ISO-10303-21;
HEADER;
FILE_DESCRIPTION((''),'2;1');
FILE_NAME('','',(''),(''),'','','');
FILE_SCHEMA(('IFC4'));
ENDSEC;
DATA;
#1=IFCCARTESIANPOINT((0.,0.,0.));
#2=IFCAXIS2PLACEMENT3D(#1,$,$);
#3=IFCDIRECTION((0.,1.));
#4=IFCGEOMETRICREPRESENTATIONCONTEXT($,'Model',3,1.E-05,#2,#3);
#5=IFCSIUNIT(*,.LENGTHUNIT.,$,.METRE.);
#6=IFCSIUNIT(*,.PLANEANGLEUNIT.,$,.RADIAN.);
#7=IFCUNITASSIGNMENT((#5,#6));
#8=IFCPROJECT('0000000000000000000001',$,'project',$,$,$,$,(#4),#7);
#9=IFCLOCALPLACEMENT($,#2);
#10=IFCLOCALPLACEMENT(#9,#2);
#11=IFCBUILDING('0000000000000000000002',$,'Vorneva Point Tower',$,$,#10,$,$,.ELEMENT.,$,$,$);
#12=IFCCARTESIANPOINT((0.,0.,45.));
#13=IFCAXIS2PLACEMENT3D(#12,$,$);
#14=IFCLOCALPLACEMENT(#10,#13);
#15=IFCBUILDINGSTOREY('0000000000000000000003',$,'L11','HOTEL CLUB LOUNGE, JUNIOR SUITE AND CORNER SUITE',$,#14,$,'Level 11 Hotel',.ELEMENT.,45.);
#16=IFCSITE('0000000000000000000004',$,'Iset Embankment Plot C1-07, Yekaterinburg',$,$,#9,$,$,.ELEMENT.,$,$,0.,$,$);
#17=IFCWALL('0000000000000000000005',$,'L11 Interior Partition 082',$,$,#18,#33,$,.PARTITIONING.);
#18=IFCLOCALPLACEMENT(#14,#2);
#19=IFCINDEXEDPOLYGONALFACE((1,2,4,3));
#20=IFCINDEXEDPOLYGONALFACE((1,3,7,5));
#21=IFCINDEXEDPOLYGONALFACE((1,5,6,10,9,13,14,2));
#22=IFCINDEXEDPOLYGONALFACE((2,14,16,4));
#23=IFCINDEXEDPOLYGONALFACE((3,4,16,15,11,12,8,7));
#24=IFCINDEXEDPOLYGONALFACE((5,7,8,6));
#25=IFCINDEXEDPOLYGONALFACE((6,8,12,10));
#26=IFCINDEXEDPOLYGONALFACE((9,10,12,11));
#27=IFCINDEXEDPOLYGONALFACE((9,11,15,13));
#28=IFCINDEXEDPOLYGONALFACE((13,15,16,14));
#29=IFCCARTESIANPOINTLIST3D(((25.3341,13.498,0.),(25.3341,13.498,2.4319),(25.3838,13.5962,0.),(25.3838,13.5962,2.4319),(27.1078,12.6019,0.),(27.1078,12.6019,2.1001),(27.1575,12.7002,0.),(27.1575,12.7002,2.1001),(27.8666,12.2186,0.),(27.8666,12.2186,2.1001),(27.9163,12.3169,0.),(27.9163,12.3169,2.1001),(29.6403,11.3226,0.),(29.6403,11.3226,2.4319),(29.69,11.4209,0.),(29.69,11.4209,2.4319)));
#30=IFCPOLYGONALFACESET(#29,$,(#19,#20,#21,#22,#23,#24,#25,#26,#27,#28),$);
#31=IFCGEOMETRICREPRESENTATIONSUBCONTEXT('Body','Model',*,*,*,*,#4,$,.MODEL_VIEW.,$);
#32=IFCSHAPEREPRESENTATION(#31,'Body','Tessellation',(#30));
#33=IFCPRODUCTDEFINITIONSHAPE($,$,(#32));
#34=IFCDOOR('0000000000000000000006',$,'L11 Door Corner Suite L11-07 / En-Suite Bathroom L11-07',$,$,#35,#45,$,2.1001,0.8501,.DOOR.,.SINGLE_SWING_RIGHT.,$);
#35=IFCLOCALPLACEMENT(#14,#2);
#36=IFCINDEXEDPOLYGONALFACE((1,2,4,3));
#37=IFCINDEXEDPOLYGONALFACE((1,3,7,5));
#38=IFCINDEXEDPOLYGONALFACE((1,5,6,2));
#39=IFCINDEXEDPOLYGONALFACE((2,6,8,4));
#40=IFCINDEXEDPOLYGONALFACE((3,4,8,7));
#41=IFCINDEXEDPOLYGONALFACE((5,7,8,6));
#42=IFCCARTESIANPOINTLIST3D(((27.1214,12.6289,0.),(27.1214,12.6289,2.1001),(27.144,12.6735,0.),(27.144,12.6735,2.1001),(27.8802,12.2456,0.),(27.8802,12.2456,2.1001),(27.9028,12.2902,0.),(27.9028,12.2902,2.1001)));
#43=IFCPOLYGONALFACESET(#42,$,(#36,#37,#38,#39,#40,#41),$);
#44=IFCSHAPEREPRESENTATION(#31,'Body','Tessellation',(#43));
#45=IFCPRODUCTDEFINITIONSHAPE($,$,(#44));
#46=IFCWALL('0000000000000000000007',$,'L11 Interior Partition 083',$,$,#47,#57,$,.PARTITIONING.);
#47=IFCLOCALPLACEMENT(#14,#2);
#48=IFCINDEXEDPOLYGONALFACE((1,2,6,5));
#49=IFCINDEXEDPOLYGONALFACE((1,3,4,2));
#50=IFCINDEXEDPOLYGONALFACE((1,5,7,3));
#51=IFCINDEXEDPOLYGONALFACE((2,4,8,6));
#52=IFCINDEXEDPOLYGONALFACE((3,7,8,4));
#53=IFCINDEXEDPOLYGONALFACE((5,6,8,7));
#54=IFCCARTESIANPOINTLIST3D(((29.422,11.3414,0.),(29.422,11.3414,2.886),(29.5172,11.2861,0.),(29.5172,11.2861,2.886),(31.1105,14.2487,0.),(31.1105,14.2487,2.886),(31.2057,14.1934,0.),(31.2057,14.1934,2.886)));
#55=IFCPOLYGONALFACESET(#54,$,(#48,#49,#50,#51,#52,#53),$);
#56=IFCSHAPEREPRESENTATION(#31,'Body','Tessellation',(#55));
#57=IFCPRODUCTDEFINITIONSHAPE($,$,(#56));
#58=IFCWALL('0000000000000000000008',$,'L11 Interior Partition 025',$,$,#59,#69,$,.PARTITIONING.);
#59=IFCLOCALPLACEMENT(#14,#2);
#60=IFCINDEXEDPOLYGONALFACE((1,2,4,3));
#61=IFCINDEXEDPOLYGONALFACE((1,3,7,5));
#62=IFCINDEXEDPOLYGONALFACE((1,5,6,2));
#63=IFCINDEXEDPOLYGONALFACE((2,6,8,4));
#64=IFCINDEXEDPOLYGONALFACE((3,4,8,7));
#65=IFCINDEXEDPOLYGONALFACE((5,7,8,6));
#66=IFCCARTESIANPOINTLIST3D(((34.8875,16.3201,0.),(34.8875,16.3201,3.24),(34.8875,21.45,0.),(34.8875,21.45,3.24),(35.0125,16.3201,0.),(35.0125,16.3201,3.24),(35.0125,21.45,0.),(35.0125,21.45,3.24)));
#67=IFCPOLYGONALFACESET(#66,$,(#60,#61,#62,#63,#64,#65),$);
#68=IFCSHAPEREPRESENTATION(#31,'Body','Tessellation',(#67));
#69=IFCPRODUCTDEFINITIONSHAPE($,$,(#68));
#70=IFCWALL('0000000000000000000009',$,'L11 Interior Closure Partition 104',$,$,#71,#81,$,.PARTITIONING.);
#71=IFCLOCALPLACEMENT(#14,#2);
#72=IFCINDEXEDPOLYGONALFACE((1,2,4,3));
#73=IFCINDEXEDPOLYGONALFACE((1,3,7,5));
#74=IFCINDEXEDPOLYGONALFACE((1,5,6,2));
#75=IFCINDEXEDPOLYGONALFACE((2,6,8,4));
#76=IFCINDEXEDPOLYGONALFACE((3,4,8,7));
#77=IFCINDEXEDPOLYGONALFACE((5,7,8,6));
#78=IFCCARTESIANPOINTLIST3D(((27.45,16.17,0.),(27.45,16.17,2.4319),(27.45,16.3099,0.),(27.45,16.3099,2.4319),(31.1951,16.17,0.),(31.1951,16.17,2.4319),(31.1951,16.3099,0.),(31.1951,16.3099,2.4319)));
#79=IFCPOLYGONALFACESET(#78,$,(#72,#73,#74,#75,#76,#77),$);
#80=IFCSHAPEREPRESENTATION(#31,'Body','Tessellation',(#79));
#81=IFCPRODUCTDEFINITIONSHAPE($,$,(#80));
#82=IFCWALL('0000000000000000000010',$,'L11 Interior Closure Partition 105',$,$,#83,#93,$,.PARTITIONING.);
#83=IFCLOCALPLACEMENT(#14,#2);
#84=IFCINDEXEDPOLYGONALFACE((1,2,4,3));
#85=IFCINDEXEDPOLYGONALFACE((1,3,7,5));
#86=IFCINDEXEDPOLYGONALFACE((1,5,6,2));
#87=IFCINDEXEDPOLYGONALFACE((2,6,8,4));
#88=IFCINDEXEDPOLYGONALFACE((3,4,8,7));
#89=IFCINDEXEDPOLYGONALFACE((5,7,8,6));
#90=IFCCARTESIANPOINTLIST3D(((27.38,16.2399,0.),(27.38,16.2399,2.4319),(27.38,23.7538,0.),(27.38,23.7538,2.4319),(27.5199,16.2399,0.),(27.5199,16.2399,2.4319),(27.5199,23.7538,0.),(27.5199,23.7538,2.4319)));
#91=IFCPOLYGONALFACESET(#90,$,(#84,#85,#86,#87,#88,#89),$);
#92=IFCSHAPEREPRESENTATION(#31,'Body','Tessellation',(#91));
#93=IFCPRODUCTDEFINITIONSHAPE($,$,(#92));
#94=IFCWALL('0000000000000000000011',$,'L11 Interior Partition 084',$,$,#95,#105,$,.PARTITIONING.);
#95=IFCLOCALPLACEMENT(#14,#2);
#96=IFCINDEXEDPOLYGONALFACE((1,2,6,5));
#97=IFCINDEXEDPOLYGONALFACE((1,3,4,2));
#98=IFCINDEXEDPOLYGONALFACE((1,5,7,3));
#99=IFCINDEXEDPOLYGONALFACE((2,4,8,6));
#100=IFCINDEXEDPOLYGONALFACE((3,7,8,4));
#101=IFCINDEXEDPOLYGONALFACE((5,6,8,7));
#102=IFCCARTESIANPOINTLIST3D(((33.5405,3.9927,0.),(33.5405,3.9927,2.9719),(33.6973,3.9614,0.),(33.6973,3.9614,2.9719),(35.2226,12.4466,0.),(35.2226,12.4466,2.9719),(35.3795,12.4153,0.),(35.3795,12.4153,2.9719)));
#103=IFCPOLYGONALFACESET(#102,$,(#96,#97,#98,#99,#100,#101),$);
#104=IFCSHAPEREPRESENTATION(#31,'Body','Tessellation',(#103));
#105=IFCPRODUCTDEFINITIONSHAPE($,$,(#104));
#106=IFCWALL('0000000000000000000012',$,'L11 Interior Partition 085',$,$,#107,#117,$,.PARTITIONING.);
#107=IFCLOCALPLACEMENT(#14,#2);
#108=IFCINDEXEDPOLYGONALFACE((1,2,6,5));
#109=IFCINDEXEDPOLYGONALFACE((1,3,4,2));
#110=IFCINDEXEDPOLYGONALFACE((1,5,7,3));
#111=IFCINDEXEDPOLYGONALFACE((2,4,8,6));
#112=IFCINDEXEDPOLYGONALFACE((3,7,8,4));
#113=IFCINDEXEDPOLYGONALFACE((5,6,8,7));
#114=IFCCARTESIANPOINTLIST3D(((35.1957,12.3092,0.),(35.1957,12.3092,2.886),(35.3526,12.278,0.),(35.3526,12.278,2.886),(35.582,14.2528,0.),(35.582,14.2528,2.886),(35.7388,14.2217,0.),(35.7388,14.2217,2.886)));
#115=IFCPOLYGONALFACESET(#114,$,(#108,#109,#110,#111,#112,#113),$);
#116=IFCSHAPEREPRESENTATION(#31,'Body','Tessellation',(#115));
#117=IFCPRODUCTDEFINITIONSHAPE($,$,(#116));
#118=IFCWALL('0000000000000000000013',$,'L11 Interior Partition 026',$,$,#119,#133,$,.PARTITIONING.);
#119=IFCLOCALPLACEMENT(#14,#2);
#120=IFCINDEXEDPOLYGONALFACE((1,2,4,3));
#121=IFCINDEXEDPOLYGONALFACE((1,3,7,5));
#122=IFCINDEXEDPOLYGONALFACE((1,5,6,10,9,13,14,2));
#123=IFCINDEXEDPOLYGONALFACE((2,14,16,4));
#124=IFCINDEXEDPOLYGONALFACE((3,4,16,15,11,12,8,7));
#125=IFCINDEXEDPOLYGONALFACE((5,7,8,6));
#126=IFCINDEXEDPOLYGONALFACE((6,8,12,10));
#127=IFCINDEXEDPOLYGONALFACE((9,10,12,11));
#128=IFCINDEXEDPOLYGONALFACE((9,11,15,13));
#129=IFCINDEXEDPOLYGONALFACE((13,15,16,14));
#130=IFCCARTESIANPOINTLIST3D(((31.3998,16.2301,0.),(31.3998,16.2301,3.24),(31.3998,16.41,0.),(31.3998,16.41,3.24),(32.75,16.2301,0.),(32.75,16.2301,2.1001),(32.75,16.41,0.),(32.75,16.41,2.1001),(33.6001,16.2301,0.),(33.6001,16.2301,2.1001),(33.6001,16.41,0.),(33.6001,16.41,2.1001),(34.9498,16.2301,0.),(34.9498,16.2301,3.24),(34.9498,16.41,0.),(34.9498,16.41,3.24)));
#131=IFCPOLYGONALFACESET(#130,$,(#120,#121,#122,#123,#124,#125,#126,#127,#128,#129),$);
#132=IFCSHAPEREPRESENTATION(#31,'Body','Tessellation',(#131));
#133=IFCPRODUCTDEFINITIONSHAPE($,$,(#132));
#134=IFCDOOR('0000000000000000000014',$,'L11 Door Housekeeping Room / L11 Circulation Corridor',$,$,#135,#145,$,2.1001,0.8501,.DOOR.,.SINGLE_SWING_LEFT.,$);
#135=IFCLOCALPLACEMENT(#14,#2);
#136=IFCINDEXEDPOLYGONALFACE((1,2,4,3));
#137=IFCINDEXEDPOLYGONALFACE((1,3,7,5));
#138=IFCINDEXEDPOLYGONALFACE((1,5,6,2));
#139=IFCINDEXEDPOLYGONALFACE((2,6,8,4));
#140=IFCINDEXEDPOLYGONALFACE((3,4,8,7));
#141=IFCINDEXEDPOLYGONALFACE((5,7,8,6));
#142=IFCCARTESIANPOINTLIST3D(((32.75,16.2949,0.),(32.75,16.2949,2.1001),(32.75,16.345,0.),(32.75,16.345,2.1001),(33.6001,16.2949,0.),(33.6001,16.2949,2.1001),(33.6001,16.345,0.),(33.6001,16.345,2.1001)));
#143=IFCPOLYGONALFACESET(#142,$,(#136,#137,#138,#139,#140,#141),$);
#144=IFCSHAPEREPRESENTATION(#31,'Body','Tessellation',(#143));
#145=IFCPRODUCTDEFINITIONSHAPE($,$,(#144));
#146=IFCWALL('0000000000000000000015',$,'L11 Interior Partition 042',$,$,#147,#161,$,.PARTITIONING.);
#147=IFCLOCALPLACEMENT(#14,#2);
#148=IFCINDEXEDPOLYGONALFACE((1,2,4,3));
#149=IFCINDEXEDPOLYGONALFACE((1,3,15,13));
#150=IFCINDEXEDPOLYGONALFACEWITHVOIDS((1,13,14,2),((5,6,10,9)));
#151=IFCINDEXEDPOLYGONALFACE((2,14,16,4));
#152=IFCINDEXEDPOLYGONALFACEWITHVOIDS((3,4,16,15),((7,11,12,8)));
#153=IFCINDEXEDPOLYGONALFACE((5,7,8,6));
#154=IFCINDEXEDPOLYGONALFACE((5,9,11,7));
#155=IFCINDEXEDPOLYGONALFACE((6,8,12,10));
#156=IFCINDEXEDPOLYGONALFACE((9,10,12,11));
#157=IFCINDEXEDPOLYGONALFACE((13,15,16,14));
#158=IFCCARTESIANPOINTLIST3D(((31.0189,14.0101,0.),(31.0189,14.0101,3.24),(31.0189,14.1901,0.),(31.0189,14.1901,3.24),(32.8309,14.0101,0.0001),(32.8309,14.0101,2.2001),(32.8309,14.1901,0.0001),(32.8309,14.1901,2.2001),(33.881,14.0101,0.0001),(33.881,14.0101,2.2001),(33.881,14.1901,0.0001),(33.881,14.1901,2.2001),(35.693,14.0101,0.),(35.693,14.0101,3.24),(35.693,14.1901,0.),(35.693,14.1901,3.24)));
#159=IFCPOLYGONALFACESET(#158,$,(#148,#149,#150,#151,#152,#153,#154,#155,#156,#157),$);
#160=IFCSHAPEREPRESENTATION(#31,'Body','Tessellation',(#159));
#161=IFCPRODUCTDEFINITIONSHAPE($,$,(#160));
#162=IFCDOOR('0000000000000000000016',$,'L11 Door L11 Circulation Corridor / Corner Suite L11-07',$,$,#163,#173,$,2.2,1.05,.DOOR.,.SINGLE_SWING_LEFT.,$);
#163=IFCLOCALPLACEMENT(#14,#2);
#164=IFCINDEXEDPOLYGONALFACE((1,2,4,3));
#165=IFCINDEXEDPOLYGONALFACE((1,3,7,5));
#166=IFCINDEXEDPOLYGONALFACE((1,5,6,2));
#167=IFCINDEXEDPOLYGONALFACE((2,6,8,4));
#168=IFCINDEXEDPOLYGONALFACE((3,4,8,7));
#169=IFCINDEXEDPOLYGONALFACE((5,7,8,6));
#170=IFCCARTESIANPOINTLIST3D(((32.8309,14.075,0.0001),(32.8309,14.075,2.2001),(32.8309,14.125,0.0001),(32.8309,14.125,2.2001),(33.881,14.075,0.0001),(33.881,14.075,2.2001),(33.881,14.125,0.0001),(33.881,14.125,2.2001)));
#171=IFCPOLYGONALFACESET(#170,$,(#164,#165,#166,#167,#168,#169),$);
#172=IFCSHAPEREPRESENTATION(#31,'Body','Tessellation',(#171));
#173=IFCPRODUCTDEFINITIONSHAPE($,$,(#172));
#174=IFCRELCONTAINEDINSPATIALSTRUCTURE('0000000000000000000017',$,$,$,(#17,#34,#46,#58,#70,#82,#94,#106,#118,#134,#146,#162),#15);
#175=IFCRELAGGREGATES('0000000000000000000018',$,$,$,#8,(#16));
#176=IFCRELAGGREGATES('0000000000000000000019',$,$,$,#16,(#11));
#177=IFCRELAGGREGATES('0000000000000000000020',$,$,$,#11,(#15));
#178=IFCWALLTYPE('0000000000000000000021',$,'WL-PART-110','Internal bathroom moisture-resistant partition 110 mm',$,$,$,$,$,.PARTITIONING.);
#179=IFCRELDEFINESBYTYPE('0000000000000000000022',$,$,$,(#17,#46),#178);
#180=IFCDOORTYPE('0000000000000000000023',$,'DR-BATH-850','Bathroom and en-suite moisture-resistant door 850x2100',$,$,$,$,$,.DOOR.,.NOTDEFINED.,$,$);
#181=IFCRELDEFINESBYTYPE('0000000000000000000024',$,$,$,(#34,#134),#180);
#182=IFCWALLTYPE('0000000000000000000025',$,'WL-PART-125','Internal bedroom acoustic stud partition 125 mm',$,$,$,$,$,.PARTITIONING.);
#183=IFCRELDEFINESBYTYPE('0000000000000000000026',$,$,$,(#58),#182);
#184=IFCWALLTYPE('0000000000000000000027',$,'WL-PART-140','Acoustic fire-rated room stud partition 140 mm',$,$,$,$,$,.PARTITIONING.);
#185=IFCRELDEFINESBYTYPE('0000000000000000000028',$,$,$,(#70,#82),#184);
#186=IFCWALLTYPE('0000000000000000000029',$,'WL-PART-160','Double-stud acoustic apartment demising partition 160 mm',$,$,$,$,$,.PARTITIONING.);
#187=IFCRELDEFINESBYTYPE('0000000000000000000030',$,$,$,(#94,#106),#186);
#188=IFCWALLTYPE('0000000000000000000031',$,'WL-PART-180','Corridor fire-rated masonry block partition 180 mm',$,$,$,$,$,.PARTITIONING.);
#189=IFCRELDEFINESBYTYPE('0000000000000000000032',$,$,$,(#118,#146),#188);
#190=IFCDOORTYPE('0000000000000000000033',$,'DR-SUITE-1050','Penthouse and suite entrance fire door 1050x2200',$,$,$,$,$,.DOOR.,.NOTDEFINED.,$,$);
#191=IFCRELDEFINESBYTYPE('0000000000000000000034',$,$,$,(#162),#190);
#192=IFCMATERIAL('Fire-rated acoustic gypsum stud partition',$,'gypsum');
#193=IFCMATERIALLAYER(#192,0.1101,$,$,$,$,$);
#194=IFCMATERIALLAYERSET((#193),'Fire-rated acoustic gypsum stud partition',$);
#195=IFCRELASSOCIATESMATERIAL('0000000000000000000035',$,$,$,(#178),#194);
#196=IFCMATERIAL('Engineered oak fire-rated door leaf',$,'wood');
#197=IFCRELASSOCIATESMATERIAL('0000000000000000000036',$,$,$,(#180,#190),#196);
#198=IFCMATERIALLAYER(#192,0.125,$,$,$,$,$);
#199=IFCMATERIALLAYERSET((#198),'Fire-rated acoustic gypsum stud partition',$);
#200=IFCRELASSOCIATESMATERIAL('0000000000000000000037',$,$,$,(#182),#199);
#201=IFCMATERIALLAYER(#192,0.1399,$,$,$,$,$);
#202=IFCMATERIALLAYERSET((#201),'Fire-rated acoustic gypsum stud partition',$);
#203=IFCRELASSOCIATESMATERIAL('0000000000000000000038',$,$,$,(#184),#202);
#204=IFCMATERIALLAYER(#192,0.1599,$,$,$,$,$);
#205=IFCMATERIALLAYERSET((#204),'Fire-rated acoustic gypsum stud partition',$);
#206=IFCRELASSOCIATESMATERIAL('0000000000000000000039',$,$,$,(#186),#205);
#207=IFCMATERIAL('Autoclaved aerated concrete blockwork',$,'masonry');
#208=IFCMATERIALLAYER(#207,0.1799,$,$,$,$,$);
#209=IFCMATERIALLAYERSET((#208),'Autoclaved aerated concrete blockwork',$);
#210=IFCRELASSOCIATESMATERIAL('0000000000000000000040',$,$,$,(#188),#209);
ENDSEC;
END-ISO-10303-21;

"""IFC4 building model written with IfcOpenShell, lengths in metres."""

from ifc_helpers import new_model, si_unit, direction, frame, frame_2d, origin, place, context, subcontext, project, spatial, rectangle, extrude, material, layer, layer_set, type_object, element, fill, save


model = new_model("IFC4")

# Units and contexts
model_context = context("Model", 3, precision=1e-05, world=origin(), true_north=direction((0.0, 1.0)))
body_context = subcontext(model_context, "Body", "Model", "MODEL_VIEW")
ifc_project = project(units=[si_unit("LENGTHUNIT", "METRE"), si_unit("PLANEANGLEUNIT", "RADIAN")], contexts=[model_context])

# Site, building, storey
site_placement = place(None, origin())
site = spatial("IfcSite", under=ifc_project, at=site_placement, Name="Iset Embankment Plot C1-07, Yekaterinburg", CompositionType="ELEMENT", RefElevation=0.0)
building_placement = place(site_placement, origin())
building = spatial("IfcBuilding", under=site, at=building_placement, Name="Vorneva Point Tower", CompositionType="ELEMENT")
storey_placement = place(building_placement, frame((0.0, 0.0, 45.0)))
storey = spatial("IfcBuildingStorey", under=building, at=storey_placement, Name="L11", Description="HOTEL CLUB LOUNGE, JUNIOR SUITE AND CORNER SUITE", LongName="Level 11 Hotel", CompositionType="ELEMENT", Elevation=45.0)

# Wall, opening, door
ifc_material_1 = material(Name="Fire-rated acoustic gypsum stud partition", Category="gypsum")
ifc_layer_1 = layer(ifc_material_1, 0.1101)
ifc_layer_set_1 = layer_set([ifc_layer_1], Name="Fire-rated acoustic gypsum stud partition")
wall_type_1 = type_object("IfcWallType", Name="WL-PART-110", Description="Internal bathroom moisture-resistant partition 110 mm", PredefinedType="PARTITIONING", material=ifc_layer_set_1)
wall_1_placement = place(storey_placement, frame((29.665, 11.3718, 0.0), z_axis=(0.0, 0.0, 1.0), x_axis=(-0.892578, 0.450894, 0.0)))
wall_1 = element("IfcWall", 1, at=wall_1_placement, inside=storey, type_object=wall_type_1, Name="L11 Interior Partition 082", PredefinedType="PARTITIONING", context=body_context, shape_type="SweptSolid", body=[
    extrude(rectangle(XDim=4.8245, YDim=0.1101, at=frame_2d((2.4121, 0.0))), origin(), (0.0, 0.0, 1.0), 2.4319),
])
opening_1_placement = place(wall_1_placement, frame((1.9871, 0.0, 0.0)))
opening_1 = element("IfcOpeningElement", 2, at=opening_1_placement, cuts=wall_1, PredefinedType="OPENING", context=body_context, shape_type="SweptSolid", body=[
    extrude(rectangle(XDim=0.8501, YDim=2.1001, at=frame_2d((0.425, 1.05))), frame((0.0, 0.0698, 0.0), z_axis=(0.0, -1.0, 0.0), x_axis=(1.0, 0.0, 0.0)), (0.0, 0.0, 1.0), 0.1399),
])
ifc_material_2 = material(Name="Engineered oak fire-rated door leaf", Category="wood")
door_type_1 = type_object("IfcDoorType", Name="DR-BATH-850", Description="Bathroom and en-suite moisture-resistant door 850x2100", OperationType="NOTDEFINED", PredefinedType="DOOR", material=ifc_material_2)
door_1_placement = place(opening_1_placement, origin())
door_1 = element("IfcDoor", 3, at=door_1_placement, inside=storey, type_object=door_type_1, Name="L11 Door Corner Suite L11-07 / En-Suite Bathroom L11-07", OperationType="SINGLE_SWING_RIGHT", OverallHeight=2.1001, OverallWidth=0.8501, PredefinedType="DOOR", context=body_context, shape_type="SweptSolid", body=[
    extrude(rectangle(XDim=0.8501, YDim=2.1001, at=frame_2d((0.425, 1.05))), frame((0.0, 0.0249, 0.0), z_axis=(0.0, -1.0, 0.0), x_axis=(1.0, 0.0, 0.0)), (0.0, 0.0, 1.0), 0.05),
])
fill(opening_1, door_1)

# Walls
wall_2_placement = place(storey_placement, frame((31.1582, 14.2212, 0.0), z_axis=(0.0, 0.0, 1.0), x_axis=(-0.502227, -0.864736, 0.0)))
element("IfcWall", 4, at=wall_2_placement, inside=storey, type_object=wall_type_1, Name="L11 Interior Partition 083", PredefinedType="PARTITIONING", context=body_context, shape_type="SweptSolid", body=[
    extrude(rectangle(XDim=3.3621, YDim=0.1101, at=frame_2d((1.6812, 0.0))), origin(), (0.0, 0.0, 1.0), 2.886),
])
ifc_layer_2 = layer(ifc_material_1, 0.125)
ifc_layer_set_2 = layer_set([ifc_layer_2], Name="Fire-rated acoustic gypsum stud partition")
wall_type_2 = type_object("IfcWallType", Name="WL-PART-125", Description="Internal bedroom acoustic stud partition 125 mm", PredefinedType="PARTITIONING", material=ifc_layer_set_2)
wall_3_placement = place(storey_placement, frame((34.95, 16.3201, 0.0), z_axis=(0.0, 0.0, 1.0), x_axis=(0.0, 1.0, 0.0)))
element("IfcWall", 5, at=wall_3_placement, inside=storey, type_object=wall_type_2, Name="L11 Interior Partition 025", PredefinedType="PARTITIONING", context=body_context, shape_type="SweptSolid", body=[
    extrude(rectangle(XDim=5.1299, YDim=0.125, at=frame_2d((2.5649, 0.0))), origin(), (0.0, 0.0, 1.0), 3.24),
])
ifc_layer_3 = layer(ifc_material_1, 0.1399)
ifc_layer_set_3 = layer_set([ifc_layer_3], Name="Fire-rated acoustic gypsum stud partition")
wall_type_3 = type_object("IfcWallType", Name="WL-PART-140", Description="Acoustic fire-rated room stud partition 140 mm", PredefinedType="PARTITIONING", material=ifc_layer_set_3)
wall_4_placement = place(storey_placement, frame((31.1951, 16.24, 0.0), z_axis=(0.0, 0.0, 1.0), x_axis=(-1.0, 0.0, 0.0)))
element("IfcWall", 6, at=wall_4_placement, inside=storey, type_object=wall_type_3, Name="L11 Interior Closure Partition 104", PredefinedType="PARTITIONING", context=body_context, shape_type="SweptSolid", body=[
    extrude(rectangle(XDim=3.7451, YDim=0.1399, at=frame_2d((1.8726, 0.0))), origin(), (0.0, 0.0, 1.0), 2.4319),
])
wall_5_placement = place(storey_placement, frame((27.45, 16.24, 0.0), z_axis=(0.0, 0.0, 1.0), x_axis=(0.0, 1.0, 0.0)))
element("IfcWall", 7, at=wall_5_placement, inside=storey, type_object=wall_type_3, Name="L11 Interior Closure Partition 105", PredefinedType="PARTITIONING", context=body_context, shape_type="SweptSolid", body=[
    extrude(rectangle(XDim=7.5139, YDim=0.1399, at=frame_2d((3.7568, 0.0))), origin(), (0.0, 0.0, 1.0), 2.4319),
])
ifc_layer_4 = layer(ifc_material_1, 0.1599)
ifc_layer_set_4 = layer_set([ifc_layer_4], Name="Fire-rated acoustic gypsum stud partition")
wall_type_4 = type_object("IfcWallType", Name="WL-PART-160", Description="Double-stud acoustic apartment demising partition 160 mm", PredefinedType="PARTITIONING", material=ifc_layer_set_4)
wall_6_placement = place(storey_placement, frame((33.6189, 3.9771, 0.0), z_axis=(0.0, 0.0, 1.0), x_axis=(0.195152, 0.980773, 0.0)))
element("IfcWall", 8, at=wall_6_placement, inside=storey, type_object=wall_type_4, Name="L11 Interior Partition 084", PredefinedType="PARTITIONING", context=body_context, shape_type="SweptSolid", body=[
    extrude(rectangle(XDim=8.6196, YDim=0.1599, at=frame_2d((4.3098, 0.0))), origin(), (0.0, 0.0, 1.0), 2.9719),
])
wall_7_placement = place(storey_placement, frame((35.2742, 12.2937, 0.0), z_axis=(0.0, 0.0, 1.0), x_axis=(0.194908, 0.980822, 0.0)))
element("IfcWall", 9, at=wall_7_placement, inside=storey, type_object=wall_type_4, Name="L11 Interior Partition 085", PredefinedType="PARTITIONING", context=body_context, shape_type="SweptSolid", body=[
    extrude(rectangle(XDim=1.9817, YDim=0.1599, at=frame_2d((0.9907, 0.0))), origin(), (0.0, 0.0, 1.0), 2.886),
])

# Walls, openings, doors
ifc_material_3 = material(Name="Autoclaved aerated concrete blockwork", Category="masonry")
ifc_layer_5 = layer(ifc_material_3, 0.1799)
ifc_layer_set_5 = layer_set([ifc_layer_5], Name="Autoclaved aerated concrete blockwork")
wall_type_5 = type_object("IfcWallType", Name="WL-PART-180", Description="Corridor fire-rated masonry block partition 180 mm", PredefinedType="PARTITIONING", material=ifc_layer_set_5)
wall_8_placement = place(storey_placement, frame((31.3999, 16.3201, 0.0), z_axis=(0.0, 0.0, 1.0), x_axis=(1.0, 0.0, 0.0)))
wall_8 = element("IfcWall", 10, at=wall_8_placement, inside=storey, type_object=wall_type_5, Name="L11 Interior Partition 026", PredefinedType="PARTITIONING", context=body_context, shape_type="SweptSolid", body=[
    extrude(rectangle(XDim=3.55, YDim=0.1799, at=frame_2d((1.7749, 0.0))), origin(), (0.0, 0.0, 1.0), 3.24),
])
opening_2_placement = place(wall_8_placement, frame((1.3501, 0.0, 0.0)))
opening_2 = element("IfcOpeningElement", 11, at=opening_2_placement, cuts=wall_8, PredefinedType="OPENING", context=body_context, shape_type="SweptSolid", body=[
    extrude(rectangle(XDim=0.8501, YDim=2.1001, at=frame_2d((0.425, 1.05))), frame((0.0, 0.105, 0.0), z_axis=(0.0, -1.0, 0.0), x_axis=(1.0, 0.0, 0.0)), (0.0, 0.0, 1.0), 0.2097),
])
door_2_placement = place(opening_2_placement, origin())
door_2 = element("IfcDoor", 12, at=door_2_placement, inside=storey, type_object=door_type_1, Name="L11 Door Housekeeping Room / L11 Circulation Corridor", OperationType="SINGLE_SWING_LEFT", OverallHeight=2.1001, OverallWidth=0.8501, PredefinedType="DOOR", context=body_context, shape_type="SweptSolid", body=[
    extrude(rectangle(XDim=0.8501, YDim=2.1001, at=frame_2d((0.425, 1.05))), frame((0.0, 0.0249, 0.0), z_axis=(0.0, -1.0, 0.0), x_axis=(1.0, 0.0, 0.0)), (0.0, 0.0, 1.0), 0.05),
])
fill(opening_2, door_2)
wall_9_placement = place(storey_placement, frame((31.019, 14.1001, 0.0), z_axis=(0.0, 0.0, 1.0), x_axis=(1.0, 0.0, 0.0)))
wall_9 = element("IfcWall", 13, at=wall_9_placement, inside=storey, type_object=wall_type_5, Name="L11 Interior Partition 042", PredefinedType="PARTITIONING", context=body_context, shape_type="SweptSolid", body=[
    extrude(rectangle(XDim=4.6741, YDim=0.1799, at=frame_2d((2.3369, 0.0))), origin(), (0.0, 0.0, 1.0), 3.24),
])
opening_3_placement = place(wall_9_placement, frame((1.812, 0.0, 0.0)))
opening_3 = element("IfcOpeningElement", 14, at=opening_3_placement, cuts=wall_9, PredefinedType="OPENING", context=body_context, shape_type="SweptSolid", body=[
    extrude(rectangle(XDim=1.05, YDim=2.2, at=frame_2d((0.5249, 1.1001))), frame((0.0, 0.105, 0.0), z_axis=(0.0, -1.0, 0.0), x_axis=(1.0, 0.0, 0.0)), (0.0, 0.0, 1.0), 0.2097),
])
door_type_2 = type_object("IfcDoorType", Name="DR-SUITE-1050", Description="Penthouse and suite entrance fire door 1050x2200", OperationType="NOTDEFINED", PredefinedType="DOOR", material=ifc_material_2)
door_3_placement = place(opening_3_placement, origin())
door_3 = element("IfcDoor", 15, at=door_3_placement, inside=storey, type_object=door_type_2, Name="L11 Door L11 Circulation Corridor / Corner Suite L11-07", OperationType="SINGLE_SWING_LEFT", OverallHeight=2.2, OverallWidth=1.05, PredefinedType="DOOR", context=body_context, shape_type="SweptSolid", body=[
    extrude(rectangle(XDim=1.05, YDim=2.2, at=frame_2d((0.5249, 1.1001))), frame((0.0, 0.0249, 0.0), z_axis=(0.0, -1.0, 0.0), x_axis=(1.0, 0.0, 0.0)), (0.0, 0.0, 1.0), 0.05),
])
fill(opening_3, door_3)

save(model, "model.ifc")
